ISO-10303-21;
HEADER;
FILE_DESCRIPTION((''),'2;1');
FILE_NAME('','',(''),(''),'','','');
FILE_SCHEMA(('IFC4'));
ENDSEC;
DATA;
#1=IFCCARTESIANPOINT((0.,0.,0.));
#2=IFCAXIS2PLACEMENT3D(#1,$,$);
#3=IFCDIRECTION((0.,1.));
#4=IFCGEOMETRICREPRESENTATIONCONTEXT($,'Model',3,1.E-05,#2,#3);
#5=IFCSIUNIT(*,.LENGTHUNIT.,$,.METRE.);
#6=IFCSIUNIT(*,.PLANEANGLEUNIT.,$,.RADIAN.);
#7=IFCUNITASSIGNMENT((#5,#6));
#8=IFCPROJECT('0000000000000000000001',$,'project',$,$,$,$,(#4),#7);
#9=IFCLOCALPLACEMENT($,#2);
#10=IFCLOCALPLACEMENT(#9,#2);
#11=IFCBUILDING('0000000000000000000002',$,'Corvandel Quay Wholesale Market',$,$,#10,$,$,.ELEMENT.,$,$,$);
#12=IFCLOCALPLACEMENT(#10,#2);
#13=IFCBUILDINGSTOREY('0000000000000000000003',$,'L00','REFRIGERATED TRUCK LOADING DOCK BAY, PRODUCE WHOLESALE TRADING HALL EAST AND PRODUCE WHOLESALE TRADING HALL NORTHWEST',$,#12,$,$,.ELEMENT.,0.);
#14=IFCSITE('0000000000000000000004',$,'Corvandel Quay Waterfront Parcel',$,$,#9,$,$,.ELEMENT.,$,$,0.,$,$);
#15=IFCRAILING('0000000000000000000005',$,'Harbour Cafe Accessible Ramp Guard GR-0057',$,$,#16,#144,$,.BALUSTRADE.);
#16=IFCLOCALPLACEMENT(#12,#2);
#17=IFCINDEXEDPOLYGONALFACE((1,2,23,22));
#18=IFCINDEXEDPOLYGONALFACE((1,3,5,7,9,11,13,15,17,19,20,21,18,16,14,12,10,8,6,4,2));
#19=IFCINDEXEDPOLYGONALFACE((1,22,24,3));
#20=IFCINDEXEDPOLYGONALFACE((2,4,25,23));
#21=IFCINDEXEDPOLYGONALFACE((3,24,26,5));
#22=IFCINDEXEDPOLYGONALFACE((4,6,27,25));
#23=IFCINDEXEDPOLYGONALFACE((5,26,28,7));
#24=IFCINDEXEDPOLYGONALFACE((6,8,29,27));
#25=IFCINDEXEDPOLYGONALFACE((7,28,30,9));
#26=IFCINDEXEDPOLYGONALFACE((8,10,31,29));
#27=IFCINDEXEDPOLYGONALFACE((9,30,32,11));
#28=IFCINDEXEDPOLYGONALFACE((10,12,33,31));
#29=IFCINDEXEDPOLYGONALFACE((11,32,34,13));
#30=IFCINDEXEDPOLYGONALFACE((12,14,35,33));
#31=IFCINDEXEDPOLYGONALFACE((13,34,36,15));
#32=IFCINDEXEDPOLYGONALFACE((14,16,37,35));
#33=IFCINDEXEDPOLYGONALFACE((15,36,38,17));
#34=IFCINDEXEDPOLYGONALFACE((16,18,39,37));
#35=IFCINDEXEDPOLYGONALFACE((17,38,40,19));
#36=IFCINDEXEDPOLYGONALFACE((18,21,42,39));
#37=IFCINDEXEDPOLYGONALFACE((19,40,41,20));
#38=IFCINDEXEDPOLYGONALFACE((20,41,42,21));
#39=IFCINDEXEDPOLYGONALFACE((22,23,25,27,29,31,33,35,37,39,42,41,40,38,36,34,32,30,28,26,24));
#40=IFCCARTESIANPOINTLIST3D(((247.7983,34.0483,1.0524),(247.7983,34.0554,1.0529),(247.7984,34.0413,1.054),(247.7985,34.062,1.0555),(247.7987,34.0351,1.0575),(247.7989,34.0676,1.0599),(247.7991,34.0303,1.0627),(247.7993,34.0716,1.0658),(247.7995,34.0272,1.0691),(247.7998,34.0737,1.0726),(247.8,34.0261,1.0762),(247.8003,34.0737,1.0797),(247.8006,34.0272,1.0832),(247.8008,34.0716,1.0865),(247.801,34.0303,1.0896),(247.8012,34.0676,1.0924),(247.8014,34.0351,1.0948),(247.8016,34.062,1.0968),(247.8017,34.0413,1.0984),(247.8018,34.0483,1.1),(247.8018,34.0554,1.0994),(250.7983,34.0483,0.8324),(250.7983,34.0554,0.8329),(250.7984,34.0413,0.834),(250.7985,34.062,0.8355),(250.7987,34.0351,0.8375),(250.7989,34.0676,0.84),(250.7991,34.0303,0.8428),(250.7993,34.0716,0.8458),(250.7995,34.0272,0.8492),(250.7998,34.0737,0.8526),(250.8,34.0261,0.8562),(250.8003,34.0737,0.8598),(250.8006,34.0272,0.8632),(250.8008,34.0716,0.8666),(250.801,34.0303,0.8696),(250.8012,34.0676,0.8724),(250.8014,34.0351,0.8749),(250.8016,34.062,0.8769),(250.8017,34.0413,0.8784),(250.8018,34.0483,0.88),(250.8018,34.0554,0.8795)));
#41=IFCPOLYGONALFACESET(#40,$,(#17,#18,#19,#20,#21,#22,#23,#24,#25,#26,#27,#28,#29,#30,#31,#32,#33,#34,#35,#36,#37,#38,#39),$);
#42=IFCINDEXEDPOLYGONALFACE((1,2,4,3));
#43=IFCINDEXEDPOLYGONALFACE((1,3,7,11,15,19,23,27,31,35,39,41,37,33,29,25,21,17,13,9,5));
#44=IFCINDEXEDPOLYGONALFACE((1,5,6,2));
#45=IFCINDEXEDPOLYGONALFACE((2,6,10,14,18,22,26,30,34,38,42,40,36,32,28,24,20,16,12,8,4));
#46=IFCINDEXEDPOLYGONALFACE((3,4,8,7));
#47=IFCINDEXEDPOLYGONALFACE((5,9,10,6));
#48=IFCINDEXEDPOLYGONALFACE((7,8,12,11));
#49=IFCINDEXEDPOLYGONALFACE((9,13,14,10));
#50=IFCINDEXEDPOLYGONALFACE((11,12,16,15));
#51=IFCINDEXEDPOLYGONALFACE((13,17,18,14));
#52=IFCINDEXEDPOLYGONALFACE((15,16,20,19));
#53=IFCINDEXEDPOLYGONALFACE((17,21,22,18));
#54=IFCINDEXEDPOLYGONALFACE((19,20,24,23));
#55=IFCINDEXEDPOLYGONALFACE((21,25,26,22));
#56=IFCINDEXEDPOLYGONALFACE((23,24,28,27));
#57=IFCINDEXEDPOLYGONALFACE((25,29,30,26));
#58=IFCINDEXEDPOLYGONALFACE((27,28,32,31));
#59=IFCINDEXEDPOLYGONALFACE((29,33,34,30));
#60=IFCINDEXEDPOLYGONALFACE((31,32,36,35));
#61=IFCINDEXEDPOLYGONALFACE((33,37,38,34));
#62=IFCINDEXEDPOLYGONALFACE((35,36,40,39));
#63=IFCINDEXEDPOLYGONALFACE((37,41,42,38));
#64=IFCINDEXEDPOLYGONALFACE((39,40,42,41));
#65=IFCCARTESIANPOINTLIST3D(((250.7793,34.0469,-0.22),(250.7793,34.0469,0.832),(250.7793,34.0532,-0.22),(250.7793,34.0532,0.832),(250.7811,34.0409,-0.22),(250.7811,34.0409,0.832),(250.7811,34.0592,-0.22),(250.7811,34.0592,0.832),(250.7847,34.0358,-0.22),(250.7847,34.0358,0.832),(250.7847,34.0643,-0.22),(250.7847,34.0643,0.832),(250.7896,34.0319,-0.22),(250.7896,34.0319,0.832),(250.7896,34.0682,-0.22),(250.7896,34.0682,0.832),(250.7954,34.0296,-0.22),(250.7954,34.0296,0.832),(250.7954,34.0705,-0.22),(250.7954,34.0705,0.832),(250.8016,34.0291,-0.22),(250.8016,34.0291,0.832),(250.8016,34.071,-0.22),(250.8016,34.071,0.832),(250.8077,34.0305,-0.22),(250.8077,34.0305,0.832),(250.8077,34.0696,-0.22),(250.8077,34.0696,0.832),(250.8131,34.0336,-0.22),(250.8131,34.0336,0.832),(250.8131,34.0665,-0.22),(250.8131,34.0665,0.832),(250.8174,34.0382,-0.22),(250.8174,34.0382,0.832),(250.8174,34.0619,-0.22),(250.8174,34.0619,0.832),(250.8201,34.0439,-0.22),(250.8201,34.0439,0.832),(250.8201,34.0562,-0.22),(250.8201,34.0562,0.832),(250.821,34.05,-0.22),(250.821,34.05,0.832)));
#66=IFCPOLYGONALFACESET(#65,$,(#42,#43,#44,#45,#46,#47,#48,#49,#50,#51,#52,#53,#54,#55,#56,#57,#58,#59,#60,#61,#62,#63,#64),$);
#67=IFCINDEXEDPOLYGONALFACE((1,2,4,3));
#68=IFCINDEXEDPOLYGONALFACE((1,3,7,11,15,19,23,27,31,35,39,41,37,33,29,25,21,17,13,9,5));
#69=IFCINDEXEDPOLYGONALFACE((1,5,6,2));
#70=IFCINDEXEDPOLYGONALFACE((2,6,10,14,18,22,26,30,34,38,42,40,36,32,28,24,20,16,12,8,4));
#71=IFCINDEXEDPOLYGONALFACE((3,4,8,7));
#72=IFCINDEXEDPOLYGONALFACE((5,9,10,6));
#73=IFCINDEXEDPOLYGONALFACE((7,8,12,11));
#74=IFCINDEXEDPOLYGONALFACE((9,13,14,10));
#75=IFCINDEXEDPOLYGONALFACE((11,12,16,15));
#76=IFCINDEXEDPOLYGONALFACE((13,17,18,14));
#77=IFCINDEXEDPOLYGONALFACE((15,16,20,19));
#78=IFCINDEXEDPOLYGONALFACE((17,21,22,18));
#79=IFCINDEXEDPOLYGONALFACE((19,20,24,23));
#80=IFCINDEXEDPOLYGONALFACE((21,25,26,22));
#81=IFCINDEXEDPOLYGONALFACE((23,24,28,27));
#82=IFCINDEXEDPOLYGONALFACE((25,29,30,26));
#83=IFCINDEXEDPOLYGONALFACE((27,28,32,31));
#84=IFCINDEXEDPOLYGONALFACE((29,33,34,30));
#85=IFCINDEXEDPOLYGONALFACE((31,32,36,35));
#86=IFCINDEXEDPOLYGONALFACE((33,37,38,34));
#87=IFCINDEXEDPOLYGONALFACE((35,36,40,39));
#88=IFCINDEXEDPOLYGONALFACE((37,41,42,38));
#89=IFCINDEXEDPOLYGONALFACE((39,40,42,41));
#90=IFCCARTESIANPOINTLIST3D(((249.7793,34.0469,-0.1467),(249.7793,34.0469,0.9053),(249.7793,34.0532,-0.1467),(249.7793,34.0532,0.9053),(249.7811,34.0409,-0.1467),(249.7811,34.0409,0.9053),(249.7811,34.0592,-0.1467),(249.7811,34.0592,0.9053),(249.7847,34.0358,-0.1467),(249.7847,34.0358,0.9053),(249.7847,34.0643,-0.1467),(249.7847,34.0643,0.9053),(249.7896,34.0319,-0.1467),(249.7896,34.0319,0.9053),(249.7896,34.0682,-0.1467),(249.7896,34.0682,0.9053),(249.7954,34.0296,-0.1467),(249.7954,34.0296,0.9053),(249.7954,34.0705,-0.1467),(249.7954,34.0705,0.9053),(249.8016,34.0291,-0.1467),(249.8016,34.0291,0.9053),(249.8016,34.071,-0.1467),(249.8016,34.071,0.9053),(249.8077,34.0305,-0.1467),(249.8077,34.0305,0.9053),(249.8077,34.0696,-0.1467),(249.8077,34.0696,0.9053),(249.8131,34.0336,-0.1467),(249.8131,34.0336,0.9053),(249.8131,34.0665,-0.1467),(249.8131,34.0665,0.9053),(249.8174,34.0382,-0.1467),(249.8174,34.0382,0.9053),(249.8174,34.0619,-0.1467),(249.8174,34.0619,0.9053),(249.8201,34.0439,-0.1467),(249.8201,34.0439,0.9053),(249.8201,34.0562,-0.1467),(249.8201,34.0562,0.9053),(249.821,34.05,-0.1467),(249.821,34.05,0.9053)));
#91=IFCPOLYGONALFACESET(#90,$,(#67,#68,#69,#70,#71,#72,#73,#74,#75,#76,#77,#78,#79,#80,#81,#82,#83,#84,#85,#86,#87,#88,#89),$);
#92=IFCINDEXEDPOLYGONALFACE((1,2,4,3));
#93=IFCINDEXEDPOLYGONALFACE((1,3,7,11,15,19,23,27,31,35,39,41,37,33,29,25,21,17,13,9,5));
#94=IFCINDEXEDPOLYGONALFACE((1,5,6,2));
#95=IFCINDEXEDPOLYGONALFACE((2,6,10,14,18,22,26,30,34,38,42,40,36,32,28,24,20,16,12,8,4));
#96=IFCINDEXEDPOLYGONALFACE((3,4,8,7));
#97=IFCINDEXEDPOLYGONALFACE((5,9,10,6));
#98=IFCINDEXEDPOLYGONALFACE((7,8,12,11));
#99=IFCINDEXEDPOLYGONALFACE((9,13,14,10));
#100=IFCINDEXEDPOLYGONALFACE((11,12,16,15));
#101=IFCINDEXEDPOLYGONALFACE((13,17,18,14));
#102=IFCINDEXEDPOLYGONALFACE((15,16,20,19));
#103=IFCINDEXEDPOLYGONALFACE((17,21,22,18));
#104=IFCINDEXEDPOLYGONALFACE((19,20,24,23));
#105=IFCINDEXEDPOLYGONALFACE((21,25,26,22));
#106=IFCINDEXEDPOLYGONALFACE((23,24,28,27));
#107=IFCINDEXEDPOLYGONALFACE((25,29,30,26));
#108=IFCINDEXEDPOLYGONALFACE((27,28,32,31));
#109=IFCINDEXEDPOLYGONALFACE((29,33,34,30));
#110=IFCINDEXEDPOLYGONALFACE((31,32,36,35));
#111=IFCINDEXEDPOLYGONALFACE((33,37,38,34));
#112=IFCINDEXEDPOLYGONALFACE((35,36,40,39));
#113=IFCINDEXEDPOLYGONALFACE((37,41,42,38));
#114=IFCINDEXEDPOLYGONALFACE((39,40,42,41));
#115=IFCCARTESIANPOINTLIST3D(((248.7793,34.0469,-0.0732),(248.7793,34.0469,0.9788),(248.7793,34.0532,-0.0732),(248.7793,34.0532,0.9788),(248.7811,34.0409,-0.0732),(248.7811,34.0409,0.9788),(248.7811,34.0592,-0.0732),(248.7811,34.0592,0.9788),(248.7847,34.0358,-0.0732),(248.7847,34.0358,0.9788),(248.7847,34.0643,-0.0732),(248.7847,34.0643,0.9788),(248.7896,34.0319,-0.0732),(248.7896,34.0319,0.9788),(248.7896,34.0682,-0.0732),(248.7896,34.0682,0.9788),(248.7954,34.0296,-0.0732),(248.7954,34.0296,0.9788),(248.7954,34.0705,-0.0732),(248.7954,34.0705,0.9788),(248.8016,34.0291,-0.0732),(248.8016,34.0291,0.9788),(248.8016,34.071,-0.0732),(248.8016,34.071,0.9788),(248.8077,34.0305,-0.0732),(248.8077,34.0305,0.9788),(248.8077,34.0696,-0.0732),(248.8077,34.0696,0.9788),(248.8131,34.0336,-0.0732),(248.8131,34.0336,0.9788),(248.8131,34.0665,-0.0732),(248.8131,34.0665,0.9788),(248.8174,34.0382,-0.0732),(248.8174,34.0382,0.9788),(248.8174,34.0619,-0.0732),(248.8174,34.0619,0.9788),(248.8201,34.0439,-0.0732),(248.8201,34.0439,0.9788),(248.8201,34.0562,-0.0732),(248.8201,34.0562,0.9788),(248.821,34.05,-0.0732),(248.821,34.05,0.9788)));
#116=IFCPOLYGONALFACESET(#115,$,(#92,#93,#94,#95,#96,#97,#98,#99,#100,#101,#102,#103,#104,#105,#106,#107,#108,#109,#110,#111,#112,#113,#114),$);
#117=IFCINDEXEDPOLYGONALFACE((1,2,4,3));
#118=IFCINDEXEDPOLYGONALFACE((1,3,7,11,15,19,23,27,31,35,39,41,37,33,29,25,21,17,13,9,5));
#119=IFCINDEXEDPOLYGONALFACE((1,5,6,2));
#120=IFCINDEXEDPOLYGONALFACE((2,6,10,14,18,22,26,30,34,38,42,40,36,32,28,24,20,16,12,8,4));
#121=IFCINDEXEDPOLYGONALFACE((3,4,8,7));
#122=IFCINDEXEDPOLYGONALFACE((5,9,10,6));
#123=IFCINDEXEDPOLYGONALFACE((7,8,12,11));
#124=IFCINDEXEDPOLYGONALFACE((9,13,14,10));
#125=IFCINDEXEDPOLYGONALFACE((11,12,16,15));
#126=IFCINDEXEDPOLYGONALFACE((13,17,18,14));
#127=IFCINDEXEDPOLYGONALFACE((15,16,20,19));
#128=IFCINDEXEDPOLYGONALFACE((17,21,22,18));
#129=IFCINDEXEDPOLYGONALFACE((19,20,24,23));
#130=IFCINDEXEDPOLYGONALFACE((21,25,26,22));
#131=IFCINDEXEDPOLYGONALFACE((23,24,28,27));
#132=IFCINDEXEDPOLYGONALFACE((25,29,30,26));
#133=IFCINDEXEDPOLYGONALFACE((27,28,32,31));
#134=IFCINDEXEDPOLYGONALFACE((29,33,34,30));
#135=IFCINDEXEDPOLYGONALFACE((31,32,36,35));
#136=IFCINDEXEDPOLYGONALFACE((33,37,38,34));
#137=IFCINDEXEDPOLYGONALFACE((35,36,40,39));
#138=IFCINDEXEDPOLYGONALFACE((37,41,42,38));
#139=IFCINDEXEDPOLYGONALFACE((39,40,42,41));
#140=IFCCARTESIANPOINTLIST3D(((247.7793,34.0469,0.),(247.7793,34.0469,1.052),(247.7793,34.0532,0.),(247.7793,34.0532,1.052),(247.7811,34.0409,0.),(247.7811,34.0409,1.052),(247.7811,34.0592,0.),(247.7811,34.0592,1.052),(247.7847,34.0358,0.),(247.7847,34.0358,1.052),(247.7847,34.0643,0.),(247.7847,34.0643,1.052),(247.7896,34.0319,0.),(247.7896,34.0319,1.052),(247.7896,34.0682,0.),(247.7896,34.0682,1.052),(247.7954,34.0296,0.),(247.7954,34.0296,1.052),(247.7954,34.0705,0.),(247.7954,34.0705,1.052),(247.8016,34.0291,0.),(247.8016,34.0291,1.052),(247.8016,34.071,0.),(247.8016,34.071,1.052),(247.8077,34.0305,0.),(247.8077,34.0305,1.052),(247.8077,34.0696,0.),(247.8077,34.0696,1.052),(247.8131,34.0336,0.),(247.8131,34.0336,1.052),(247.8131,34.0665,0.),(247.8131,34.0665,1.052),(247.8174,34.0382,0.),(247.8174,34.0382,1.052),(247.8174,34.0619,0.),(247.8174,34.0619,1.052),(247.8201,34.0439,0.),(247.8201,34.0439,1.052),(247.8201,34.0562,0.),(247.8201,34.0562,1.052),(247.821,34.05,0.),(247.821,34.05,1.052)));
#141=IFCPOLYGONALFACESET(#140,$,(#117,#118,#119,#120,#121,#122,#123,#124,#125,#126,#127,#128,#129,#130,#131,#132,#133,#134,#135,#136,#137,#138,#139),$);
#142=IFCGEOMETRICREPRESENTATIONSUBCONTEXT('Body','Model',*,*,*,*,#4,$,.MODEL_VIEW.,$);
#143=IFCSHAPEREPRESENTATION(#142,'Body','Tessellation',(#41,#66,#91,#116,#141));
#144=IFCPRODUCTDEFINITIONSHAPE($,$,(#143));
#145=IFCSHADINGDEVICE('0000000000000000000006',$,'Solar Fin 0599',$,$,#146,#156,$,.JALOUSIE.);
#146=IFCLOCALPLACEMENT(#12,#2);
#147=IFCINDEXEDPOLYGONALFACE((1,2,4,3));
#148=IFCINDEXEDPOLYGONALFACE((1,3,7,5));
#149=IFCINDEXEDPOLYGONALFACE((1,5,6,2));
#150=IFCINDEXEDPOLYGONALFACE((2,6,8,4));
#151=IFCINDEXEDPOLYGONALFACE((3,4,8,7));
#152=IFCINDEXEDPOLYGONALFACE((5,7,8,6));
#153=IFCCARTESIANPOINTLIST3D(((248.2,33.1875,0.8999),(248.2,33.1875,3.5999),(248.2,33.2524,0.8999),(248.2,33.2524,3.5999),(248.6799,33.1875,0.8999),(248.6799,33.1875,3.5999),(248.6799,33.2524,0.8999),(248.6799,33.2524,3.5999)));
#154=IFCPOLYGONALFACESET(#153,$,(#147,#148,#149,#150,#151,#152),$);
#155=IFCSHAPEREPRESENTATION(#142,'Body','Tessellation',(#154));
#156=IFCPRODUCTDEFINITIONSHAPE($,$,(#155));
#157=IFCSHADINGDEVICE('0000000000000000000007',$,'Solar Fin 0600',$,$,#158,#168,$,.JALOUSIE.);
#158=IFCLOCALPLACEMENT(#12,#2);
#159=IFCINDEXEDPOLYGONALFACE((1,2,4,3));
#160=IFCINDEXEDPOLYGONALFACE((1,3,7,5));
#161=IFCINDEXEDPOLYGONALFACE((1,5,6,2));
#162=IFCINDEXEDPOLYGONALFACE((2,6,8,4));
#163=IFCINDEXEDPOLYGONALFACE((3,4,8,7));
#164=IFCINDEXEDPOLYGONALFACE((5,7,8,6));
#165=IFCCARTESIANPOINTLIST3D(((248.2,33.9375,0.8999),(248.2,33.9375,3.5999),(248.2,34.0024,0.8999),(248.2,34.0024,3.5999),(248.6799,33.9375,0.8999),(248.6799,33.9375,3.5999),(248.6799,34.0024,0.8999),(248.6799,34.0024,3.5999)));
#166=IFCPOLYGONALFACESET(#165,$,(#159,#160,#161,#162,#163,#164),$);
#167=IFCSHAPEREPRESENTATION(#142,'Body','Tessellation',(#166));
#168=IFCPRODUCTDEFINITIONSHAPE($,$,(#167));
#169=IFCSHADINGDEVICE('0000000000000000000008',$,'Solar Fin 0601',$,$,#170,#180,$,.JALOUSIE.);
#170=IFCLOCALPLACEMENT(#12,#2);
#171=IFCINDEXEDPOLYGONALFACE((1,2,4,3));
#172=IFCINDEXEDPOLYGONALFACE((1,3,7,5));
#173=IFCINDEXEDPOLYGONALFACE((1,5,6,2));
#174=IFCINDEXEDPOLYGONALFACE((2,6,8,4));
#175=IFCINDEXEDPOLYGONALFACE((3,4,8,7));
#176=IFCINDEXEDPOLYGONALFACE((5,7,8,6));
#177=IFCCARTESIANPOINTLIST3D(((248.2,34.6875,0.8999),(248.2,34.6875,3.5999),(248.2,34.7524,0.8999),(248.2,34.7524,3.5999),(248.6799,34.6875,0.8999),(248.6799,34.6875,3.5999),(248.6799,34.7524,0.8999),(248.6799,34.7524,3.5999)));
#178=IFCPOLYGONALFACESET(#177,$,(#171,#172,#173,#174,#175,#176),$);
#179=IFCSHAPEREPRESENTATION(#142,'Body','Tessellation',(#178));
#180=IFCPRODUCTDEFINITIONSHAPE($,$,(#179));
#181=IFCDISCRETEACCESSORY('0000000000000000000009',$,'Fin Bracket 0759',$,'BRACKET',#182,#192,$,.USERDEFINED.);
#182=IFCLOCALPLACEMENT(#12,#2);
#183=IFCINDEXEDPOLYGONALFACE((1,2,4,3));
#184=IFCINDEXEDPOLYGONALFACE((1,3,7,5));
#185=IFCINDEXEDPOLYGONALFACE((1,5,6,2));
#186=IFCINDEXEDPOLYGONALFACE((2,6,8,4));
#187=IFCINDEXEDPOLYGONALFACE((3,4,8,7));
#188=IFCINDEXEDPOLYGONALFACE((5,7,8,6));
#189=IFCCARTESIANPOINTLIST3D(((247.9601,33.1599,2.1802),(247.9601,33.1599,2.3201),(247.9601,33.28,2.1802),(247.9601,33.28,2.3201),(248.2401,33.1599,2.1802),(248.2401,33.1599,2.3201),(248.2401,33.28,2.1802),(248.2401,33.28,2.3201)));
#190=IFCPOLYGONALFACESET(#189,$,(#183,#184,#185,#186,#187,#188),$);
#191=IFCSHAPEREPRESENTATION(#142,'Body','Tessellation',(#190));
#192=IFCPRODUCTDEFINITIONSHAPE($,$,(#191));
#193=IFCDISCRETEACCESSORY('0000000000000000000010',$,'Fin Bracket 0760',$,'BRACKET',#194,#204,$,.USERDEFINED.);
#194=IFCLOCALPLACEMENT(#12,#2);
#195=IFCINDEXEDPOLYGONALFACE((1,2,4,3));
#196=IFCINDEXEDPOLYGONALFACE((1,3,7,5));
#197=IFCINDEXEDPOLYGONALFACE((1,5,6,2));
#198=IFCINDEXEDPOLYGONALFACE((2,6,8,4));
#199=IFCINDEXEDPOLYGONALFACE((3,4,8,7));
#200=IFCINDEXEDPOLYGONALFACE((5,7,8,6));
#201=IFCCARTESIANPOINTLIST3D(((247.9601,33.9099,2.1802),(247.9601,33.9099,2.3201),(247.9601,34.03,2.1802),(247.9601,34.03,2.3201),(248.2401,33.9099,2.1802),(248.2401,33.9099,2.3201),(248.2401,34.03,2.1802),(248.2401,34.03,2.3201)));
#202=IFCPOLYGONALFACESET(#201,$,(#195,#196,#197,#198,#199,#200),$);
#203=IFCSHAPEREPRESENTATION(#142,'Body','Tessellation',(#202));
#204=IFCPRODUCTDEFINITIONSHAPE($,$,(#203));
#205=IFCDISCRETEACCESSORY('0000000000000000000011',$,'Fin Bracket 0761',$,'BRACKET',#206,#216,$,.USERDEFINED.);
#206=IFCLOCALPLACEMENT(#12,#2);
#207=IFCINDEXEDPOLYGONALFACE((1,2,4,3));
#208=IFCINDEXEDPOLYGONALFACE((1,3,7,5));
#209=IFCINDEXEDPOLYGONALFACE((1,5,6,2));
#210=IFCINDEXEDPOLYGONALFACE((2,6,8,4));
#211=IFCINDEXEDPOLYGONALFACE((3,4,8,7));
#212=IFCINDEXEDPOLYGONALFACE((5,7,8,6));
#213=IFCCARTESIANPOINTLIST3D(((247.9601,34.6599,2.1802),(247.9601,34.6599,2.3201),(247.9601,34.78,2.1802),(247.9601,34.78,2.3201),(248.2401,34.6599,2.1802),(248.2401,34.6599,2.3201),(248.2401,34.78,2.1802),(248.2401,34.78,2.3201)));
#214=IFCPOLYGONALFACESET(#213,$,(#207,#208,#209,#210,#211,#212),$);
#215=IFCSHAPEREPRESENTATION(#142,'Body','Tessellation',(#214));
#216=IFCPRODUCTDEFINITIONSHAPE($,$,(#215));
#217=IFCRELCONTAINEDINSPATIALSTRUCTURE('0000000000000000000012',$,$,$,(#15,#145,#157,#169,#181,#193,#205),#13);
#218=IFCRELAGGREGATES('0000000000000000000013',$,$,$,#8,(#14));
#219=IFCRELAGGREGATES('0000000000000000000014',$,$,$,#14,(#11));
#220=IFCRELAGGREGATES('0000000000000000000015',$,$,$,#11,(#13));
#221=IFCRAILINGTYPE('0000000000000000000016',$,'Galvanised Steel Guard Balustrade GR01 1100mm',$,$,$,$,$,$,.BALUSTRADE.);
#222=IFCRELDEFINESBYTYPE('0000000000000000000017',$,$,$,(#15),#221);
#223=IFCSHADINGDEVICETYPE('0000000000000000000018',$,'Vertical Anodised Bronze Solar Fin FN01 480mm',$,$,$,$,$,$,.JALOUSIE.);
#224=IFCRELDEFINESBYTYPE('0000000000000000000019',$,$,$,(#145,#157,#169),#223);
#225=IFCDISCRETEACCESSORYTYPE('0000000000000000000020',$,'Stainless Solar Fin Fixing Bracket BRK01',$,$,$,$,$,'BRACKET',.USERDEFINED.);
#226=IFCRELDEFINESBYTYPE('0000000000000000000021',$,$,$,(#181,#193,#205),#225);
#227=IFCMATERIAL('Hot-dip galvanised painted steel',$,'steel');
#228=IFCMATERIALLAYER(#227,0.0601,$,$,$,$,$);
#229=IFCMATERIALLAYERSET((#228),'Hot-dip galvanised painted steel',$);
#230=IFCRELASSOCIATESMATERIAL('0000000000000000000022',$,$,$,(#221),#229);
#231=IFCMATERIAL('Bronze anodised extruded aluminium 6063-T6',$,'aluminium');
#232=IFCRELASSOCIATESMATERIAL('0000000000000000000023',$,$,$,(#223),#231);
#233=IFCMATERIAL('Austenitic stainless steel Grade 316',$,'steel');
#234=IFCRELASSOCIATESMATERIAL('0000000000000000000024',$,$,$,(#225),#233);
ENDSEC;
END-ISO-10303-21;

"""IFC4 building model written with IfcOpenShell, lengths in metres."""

from ifc_helpers import new_model, si_unit, direction, frame, origin, origin_2d, place, context, subcontext, project, spatial, rectangle, circle, extrude, material, layer, layer_set, type_object, element, save


model = new_model("IFC4")

# Units and contexts
model_context = context("Model", 3, precision=1e-05, world=origin(), true_north=direction((0.0, 1.0)))
body_context = subcontext(model_context, "Body", "Model", "MODEL_VIEW")
ifc_project = project(units=[si_unit("LENGTHUNIT", "METRE"), si_unit("PLANEANGLEUNIT", "RADIAN")], contexts=[model_context])

# Site, building, storey
site_placement = place(None, origin())
site = spatial("IfcSite", under=ifc_project, at=site_placement, Name="Corvandel Quay Waterfront Parcel", CompositionType="ELEMENT", RefElevation=0.0)
building_placement = place(site_placement, origin())
building = spatial("IfcBuilding", under=site, at=building_placement, Name="Corvandel Quay Wholesale Market", CompositionType="ELEMENT")
storey_placement = place(building_placement, origin())
storey = spatial("IfcBuildingStorey", under=building, at=storey_placement, Name="L00", Description="REFRIGERATED TRUCK LOADING DOCK BAY, PRODUCE WHOLESALE TRADING HALL EAST AND PRODUCE WHOLESALE TRADING HALL NORTHWEST", CompositionType="ELEMENT", Elevation=0.0)

# Railing
ifc_material_1 = material(Name="Hot-dip galvanised painted steel", Category="steel")
ifc_layer_1 = layer(ifc_material_1, 0.0601)
ifc_layer_set_1 = layer_set([ifc_layer_1], Name="Hot-dip galvanised painted steel")
railing_type = type_object("IfcRailingType", Name="Galvanised Steel Guard Balustrade GR01 1100mm", PredefinedType="BALUSTRADE", material=ifc_layer_set_1)
railing_placement = place(storey_placement, frame((250.8, 34.05, -0.22)))
element("IfcRailing", 1, at=railing_placement, inside=storey, type_object=railing_type, Name="Harbour Cafe Accessible Ramp Guard GR-0057", PredefinedType="BALUSTRADE", context=body_context, shape_type="SweptSolid", body=[
    extrude(circle(Radius=0.0239, at=origin_2d()), frame((0.0, 0.0, 1.0762), z_axis=(-0.997323, 0.0, 0.073127), x_axis=(0.0, -1.0, 0.0)), (0.0, 0.0, 1.0), 3.0081),
    extrude(circle(Radius=0.021, at=origin_2d()), origin(), (0.0, 0.0, 1.0), 1.052),
    extrude(circle(Radius=0.021, at=origin_2d()), frame((-1.0, 0.0, 0.0732)), (0.0, 0.0, 1.0), 1.052),
    extrude(circle(Radius=0.021, at=origin_2d()), frame((-2.0, 0.0, 0.1467)), (0.0, 0.0, 1.0), 1.052),
    extrude(circle(Radius=0.021, at=origin_2d()), frame((-3.0, 0.0, 0.22)), (0.0, 0.0, 1.0), 1.052),
])

# Shading devices
ifc_material_2 = material(Name="Bronze anodised extruded aluminium 6063-T6", Category="aluminium")
shading_device_type = type_object("IfcShadingDeviceType", Name="Vertical Anodised Bronze Solar Fin FN01 480mm", PredefinedType="JALOUSIE", material=ifc_material_2)
for number, where, z_axis, x_axis, name in (
    (2, (248.4399, 33.22, 0.8999), (0.0, 0.0, 1.0), (1.0, 0.0, 0.0), "Solar Fin 0599"),
    (3, (248.4399, 33.97, 0.8999), (0.0, 0.0, 1.0), (1.0, 0.0, 0.0), "Solar Fin 0600"),
    (4, (248.4399, 34.72, 0.8999), (0.0, 0.0, 1.0), (1.0, 0.0, 0.0), "Solar Fin 0601"),
):
    element("IfcShadingDevice", number, at=place(storey_placement, frame(where, z_axis=z_axis, x_axis=x_axis)), inside=storey, type_object=shading_device_type, Name=name, PredefinedType="JALOUSIE", context=body_context, shape_type="SweptSolid", body=[
        extrude(rectangle(XDim=0.48, YDim=0.0649, at=origin_2d()), origin(), (0.0, 0.0, 1.0), 2.7),
    ])

# Discrete accessories
ifc_material_3 = material(Name="Austenitic stainless steel Grade 316", Category="steel")
discrete_accessory_type = type_object("IfcDiscreteAccessoryType", Name="Stainless Solar Fin Fixing Bracket BRK01", ElementType="BRACKET", PredefinedType="USERDEFINED", material=ifc_material_3)
for number, where, z_axis, x_axis, name in (
    (5, (248.1001, 33.22, 2.1802), (0.0, 0.0, 1.0), (1.0, 0.0, 0.0), "Fin Bracket 0759"),
    (6, (248.1001, 33.97, 2.1802), (0.0, 0.0, 1.0), (1.0, 0.0, 0.0), "Fin Bracket 0760"),
    (7, (248.1001, 34.72, 2.1802), (0.0, 0.0, 1.0), (1.0, 0.0, 0.0), "Fin Bracket 0761"),
):
    element("IfcDiscreteAccessory", number, at=place(storey_placement, frame(where, z_axis=z_axis, x_axis=x_axis)), inside=storey, type_object=discrete_accessory_type, Name=name, ObjectType="BRACKET", PredefinedType="USERDEFINED", context=body_context, shape_type="SweptSolid", body=[
        extrude(rectangle(XDim=0.28, YDim=0.1201, at=origin_2d()), origin(), (0.0, 0.0, 1.0), 0.1399),
    ])

save(model, "model.ifc")
